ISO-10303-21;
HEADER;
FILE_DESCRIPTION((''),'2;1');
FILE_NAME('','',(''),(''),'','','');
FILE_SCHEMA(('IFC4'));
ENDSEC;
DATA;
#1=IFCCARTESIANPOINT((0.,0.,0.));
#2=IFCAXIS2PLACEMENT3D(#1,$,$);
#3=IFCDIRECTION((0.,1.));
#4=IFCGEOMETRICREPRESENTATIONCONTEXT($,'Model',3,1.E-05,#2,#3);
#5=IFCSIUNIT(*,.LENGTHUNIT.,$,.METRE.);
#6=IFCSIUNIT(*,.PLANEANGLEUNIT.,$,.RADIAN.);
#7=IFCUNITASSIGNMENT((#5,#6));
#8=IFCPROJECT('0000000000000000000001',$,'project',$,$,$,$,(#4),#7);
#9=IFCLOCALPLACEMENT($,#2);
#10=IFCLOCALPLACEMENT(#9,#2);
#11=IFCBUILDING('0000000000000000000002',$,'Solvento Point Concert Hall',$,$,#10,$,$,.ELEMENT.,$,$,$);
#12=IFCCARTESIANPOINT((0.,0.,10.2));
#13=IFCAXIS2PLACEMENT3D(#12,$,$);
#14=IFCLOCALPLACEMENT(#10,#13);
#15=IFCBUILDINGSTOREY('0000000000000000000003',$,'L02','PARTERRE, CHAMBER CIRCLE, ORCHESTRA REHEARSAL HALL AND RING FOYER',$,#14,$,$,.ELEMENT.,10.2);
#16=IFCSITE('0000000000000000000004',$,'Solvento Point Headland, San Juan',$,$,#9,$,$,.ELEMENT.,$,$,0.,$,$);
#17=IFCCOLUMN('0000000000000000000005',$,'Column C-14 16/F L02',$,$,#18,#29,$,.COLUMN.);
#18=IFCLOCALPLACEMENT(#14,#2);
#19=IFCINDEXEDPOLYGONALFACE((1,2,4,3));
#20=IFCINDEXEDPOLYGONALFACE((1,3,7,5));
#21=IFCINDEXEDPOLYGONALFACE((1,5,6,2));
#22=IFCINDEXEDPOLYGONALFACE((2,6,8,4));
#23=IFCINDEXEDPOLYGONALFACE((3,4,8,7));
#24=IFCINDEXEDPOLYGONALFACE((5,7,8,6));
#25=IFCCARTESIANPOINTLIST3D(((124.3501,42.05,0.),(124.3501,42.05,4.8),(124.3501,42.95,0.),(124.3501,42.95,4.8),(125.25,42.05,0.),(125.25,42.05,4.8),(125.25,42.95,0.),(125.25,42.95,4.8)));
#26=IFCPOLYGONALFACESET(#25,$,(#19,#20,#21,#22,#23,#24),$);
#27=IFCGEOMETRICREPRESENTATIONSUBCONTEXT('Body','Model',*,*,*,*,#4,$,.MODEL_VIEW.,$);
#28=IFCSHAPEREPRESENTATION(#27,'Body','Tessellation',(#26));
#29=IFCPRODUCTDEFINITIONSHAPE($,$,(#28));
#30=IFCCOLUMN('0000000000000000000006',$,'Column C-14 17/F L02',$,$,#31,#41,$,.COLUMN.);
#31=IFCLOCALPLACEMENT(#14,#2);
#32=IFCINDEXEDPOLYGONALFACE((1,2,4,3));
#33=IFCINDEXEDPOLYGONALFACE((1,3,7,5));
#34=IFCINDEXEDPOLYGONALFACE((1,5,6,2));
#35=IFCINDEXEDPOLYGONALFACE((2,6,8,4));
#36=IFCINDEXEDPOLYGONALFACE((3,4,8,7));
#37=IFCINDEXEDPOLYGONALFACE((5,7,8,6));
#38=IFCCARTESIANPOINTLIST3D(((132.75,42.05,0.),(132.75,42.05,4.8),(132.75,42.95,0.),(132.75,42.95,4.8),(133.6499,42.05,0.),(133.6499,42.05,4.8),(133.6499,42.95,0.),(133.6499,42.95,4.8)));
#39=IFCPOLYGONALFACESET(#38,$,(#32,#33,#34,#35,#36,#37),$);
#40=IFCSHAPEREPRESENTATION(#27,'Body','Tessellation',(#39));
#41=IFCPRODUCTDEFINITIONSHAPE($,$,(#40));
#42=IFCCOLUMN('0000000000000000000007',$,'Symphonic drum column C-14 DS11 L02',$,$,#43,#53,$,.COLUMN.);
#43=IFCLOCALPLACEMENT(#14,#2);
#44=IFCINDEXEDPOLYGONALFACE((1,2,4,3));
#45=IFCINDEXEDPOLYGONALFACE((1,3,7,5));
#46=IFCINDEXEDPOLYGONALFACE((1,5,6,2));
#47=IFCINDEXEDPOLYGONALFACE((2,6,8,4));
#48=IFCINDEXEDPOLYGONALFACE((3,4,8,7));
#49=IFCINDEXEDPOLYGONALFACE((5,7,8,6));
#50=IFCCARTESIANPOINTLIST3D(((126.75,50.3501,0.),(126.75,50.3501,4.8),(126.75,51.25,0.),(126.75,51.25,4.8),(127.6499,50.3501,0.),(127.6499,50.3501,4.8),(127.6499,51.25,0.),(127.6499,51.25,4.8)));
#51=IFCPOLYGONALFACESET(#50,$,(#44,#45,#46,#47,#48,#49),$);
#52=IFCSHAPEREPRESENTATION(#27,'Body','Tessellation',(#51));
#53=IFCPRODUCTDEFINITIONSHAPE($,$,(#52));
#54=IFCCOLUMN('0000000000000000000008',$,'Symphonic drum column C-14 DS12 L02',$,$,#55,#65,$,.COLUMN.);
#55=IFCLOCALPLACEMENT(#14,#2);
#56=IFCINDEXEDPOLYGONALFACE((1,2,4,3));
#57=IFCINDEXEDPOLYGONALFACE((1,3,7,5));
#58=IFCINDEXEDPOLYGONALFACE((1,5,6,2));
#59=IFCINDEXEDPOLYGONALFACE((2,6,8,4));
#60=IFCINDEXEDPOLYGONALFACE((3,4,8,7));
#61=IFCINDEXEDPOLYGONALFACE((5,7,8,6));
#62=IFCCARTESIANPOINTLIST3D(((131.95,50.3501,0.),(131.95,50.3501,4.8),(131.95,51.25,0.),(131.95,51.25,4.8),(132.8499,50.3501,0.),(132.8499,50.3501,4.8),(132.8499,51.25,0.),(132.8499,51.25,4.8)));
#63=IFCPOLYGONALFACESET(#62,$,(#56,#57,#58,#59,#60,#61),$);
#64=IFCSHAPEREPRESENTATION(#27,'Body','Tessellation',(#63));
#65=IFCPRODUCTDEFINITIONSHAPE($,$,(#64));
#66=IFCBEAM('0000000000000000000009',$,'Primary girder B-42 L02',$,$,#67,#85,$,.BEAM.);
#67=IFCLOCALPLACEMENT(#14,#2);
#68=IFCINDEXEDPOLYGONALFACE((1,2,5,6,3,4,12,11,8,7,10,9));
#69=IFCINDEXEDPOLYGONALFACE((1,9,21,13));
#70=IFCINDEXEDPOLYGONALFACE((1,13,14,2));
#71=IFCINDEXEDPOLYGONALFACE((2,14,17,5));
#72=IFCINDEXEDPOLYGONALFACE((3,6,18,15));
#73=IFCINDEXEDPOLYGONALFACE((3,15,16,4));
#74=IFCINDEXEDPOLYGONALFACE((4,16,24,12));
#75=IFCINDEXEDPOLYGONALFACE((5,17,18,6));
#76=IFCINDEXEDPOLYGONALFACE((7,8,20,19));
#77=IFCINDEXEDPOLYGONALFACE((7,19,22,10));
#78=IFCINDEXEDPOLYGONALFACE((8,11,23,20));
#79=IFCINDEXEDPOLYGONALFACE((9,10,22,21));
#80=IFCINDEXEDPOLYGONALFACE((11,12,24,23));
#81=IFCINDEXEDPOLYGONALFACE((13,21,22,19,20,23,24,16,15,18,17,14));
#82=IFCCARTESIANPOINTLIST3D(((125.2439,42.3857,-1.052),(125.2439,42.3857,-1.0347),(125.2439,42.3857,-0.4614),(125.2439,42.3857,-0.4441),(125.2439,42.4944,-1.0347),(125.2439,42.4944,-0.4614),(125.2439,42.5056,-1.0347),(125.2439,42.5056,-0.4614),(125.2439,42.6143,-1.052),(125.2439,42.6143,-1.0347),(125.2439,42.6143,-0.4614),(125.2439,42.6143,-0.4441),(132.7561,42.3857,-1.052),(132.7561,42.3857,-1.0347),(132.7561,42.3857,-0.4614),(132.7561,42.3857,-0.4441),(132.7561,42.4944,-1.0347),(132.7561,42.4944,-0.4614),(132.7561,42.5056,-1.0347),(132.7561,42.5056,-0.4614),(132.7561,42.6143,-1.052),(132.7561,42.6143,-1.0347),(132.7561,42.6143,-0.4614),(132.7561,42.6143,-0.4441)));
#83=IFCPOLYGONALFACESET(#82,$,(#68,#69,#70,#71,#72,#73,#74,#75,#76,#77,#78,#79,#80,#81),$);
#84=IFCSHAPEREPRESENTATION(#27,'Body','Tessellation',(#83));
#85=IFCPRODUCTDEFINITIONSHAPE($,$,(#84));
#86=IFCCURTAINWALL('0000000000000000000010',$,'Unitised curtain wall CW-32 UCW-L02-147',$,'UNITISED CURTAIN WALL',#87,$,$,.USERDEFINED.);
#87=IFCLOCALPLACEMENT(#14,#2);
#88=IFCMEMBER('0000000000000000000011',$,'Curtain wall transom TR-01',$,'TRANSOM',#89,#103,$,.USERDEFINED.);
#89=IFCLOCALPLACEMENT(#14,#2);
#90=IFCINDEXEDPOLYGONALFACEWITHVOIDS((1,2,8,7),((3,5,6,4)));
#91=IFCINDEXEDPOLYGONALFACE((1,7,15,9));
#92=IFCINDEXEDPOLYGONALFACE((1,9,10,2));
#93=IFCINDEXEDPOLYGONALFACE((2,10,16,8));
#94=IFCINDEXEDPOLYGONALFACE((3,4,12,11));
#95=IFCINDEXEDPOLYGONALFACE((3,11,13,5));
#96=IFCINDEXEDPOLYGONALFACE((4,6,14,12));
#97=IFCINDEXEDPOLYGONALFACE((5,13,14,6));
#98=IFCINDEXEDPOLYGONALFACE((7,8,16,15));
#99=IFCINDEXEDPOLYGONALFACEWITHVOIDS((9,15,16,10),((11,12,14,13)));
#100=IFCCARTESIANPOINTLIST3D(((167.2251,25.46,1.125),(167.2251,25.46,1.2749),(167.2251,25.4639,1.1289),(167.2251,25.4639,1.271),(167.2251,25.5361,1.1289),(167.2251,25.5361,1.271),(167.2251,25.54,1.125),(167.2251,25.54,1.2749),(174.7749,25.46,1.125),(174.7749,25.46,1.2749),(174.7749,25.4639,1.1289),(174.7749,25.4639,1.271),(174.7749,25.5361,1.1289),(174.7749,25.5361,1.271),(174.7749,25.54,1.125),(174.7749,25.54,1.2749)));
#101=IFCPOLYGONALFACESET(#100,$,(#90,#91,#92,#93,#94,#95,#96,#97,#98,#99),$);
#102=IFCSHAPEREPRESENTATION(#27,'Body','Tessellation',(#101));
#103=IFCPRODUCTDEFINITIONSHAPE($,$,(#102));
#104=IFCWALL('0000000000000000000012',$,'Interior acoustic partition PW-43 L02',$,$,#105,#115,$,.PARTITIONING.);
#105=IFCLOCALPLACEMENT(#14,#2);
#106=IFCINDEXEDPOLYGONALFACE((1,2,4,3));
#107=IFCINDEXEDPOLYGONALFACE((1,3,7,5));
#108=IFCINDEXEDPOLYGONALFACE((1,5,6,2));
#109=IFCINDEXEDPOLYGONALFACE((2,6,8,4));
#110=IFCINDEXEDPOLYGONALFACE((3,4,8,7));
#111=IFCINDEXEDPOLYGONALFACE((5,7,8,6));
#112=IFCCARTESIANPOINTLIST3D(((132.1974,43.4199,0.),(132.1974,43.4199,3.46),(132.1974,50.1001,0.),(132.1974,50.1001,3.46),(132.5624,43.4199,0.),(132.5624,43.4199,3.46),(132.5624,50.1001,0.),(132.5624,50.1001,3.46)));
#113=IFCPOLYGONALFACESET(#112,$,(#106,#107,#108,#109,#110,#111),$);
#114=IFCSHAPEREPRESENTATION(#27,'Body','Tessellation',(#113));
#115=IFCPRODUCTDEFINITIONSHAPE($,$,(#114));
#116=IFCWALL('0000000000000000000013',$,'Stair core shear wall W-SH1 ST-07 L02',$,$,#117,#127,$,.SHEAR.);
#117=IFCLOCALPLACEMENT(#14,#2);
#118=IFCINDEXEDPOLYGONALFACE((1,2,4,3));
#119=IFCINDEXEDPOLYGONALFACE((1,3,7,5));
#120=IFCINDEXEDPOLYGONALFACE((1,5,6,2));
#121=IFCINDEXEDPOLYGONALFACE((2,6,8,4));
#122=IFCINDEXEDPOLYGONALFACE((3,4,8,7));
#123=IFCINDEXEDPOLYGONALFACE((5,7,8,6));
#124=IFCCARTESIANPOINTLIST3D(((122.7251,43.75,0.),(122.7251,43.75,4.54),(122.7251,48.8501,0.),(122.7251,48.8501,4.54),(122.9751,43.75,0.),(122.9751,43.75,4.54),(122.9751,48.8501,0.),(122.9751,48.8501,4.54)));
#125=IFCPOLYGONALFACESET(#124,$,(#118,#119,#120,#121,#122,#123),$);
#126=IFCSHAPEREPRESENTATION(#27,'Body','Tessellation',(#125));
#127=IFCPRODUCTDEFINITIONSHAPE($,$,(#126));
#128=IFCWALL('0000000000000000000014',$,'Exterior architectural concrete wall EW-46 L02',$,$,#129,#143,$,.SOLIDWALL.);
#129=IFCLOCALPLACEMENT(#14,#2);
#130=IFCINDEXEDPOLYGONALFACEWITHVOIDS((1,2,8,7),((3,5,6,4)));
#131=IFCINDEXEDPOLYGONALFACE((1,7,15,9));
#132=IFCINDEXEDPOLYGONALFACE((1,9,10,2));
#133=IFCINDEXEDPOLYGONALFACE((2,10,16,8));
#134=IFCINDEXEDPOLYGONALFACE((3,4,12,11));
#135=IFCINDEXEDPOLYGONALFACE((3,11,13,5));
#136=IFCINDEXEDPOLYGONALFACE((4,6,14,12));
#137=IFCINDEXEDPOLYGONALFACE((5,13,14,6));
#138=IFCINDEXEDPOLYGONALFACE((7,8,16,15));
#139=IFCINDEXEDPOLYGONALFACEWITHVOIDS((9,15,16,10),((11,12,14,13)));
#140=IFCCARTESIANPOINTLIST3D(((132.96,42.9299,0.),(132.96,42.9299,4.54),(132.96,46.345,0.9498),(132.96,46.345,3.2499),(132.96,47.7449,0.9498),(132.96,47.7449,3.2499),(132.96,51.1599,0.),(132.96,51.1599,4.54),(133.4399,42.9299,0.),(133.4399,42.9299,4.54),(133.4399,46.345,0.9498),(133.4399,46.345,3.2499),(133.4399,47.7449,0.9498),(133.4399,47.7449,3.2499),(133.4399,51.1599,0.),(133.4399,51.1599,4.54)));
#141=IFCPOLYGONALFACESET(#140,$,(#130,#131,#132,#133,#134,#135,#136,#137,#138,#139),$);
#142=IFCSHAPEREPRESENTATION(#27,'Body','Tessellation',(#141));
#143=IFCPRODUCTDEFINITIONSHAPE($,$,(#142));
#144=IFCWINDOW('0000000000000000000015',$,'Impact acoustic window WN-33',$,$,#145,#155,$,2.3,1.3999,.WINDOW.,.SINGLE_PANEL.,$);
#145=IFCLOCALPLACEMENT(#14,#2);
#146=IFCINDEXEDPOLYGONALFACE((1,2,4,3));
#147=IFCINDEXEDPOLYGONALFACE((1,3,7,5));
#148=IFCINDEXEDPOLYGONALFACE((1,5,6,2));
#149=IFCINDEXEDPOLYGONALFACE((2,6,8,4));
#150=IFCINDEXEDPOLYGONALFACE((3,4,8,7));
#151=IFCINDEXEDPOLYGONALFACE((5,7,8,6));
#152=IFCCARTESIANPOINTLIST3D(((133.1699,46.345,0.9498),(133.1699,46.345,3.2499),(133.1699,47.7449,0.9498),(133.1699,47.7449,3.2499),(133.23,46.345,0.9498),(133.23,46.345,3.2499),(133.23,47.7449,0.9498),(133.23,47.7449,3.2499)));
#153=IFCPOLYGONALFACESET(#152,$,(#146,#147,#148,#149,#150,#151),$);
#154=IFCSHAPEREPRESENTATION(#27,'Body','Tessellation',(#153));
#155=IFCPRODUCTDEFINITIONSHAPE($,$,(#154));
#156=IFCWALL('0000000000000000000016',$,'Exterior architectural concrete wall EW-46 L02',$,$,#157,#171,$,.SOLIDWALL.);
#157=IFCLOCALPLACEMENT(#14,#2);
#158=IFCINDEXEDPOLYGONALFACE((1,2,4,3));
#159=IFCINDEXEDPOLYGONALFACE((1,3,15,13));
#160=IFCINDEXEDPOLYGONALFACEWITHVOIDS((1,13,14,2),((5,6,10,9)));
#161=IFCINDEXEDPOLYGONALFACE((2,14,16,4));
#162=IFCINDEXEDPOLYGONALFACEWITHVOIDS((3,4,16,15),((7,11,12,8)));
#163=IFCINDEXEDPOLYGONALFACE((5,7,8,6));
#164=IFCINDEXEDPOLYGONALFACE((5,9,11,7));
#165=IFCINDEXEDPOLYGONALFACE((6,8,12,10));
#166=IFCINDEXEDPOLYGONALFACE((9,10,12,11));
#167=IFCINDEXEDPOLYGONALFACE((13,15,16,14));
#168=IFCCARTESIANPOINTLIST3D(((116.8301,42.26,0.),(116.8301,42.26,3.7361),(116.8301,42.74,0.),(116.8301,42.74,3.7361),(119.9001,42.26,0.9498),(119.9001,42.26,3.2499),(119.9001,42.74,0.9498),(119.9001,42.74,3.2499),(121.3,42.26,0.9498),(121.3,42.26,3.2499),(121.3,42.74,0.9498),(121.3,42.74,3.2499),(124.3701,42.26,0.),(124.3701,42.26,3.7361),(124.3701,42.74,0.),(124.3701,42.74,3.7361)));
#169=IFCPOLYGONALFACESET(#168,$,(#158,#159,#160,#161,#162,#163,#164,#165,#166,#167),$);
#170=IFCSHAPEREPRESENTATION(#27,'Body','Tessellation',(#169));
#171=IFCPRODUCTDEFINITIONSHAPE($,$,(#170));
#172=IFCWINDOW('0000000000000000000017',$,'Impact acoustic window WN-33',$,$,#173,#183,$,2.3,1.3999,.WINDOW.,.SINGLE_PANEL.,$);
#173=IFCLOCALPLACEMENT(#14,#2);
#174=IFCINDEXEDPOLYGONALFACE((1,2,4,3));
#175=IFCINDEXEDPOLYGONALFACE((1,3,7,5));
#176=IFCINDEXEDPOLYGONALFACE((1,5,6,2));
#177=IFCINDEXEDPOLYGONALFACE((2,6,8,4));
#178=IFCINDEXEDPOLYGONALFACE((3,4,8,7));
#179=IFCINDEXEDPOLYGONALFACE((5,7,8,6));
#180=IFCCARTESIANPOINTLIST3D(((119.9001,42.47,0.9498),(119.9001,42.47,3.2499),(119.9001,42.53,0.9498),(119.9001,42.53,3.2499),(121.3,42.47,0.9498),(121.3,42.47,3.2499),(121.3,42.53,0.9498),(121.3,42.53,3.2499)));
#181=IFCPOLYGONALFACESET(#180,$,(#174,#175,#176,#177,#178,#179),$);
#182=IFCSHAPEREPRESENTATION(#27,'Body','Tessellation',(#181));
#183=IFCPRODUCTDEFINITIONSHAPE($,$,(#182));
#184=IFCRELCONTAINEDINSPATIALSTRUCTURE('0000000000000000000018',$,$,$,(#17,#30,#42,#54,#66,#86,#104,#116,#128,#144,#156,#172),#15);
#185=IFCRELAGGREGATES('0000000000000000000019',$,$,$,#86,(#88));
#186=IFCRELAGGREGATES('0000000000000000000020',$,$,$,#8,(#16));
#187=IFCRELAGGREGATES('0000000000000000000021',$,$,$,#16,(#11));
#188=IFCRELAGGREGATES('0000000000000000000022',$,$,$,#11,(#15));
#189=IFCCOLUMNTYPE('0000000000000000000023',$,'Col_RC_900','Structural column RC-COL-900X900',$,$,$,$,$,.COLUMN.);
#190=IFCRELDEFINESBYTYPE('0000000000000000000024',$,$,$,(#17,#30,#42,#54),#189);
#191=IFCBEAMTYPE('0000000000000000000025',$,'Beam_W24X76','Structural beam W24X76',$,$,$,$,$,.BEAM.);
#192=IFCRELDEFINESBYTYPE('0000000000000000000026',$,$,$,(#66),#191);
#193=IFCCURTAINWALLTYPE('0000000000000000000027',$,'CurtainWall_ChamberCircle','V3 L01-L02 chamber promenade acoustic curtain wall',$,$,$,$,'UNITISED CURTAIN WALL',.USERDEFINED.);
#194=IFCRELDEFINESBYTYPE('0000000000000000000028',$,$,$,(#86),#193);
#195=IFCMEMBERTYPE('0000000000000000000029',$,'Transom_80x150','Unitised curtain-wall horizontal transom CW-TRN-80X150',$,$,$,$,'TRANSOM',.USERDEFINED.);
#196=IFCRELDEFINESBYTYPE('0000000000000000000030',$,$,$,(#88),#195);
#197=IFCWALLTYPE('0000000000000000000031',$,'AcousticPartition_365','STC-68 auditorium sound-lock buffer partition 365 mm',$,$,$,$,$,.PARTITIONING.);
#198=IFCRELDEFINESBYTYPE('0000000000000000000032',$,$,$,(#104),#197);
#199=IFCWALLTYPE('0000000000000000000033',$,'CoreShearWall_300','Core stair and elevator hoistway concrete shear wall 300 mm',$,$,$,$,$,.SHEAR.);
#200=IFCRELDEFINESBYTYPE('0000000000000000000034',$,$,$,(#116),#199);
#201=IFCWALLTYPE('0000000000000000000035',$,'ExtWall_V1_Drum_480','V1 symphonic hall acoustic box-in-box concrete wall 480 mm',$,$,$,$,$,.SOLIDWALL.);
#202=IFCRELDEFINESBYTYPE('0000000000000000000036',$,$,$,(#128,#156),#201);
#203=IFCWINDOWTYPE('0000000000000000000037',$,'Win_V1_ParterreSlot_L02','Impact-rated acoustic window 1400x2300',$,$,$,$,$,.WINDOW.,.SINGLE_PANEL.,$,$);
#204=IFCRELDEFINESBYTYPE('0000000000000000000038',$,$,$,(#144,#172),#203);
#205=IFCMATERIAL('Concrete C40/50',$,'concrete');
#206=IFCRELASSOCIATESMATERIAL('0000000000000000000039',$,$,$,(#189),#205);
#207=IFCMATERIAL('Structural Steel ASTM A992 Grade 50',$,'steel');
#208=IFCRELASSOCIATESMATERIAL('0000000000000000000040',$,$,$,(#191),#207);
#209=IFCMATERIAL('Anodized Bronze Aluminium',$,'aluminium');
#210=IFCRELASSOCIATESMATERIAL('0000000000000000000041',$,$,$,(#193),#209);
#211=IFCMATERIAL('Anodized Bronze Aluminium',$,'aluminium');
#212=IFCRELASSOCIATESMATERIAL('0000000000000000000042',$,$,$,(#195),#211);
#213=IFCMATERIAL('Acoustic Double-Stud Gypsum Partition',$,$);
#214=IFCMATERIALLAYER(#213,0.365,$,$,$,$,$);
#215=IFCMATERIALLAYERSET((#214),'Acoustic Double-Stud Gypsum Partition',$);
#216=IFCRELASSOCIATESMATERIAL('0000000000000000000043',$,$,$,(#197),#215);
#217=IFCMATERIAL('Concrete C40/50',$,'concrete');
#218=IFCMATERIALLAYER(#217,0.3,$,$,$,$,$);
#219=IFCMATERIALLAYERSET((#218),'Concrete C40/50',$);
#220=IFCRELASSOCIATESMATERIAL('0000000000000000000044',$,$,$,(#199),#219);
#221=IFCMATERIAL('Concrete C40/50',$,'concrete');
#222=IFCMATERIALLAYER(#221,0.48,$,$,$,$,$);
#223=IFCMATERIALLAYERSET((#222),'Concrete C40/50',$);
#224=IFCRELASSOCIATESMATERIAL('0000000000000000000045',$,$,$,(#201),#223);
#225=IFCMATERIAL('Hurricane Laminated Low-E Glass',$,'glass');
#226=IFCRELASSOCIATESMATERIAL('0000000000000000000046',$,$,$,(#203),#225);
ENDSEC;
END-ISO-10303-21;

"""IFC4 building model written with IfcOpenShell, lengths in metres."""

from ifc_helpers import new_model, si_unit, direction, frame, frame_2d, origin, origin_2d, place, context, subcontext, project, spatial, rectangle, hollow_rectangle, i_section, extrude, material, layer, layer_set, material_profile, profile_set, type_object, element, fill, aggregate, save


model = new_model("IFC4")

# Units and contexts
model_context = context("Model", 3, precision=1e-05, world=origin(), true_north=direction((0.0, 1.0)))
body_context = subcontext(model_context, "Body", "Model", "MODEL_VIEW")
ifc_project = project(units=[si_unit("LENGTHUNIT", "METRE"), si_unit("PLANEANGLEUNIT", "RADIAN")], contexts=[model_context])

# Site, building, storey
site_placement = place(None, origin())
site = spatial("IfcSite", under=ifc_project, at=site_placement, Name="Solvento Point Headland, San Juan", CompositionType="ELEMENT", RefElevation=0.0)
building_placement = place(site_placement, origin())
building = spatial("IfcBuilding", under=site, at=building_placement, Name="Solvento Point Concert Hall", CompositionType="ELEMENT")
storey_placement = place(building_placement, frame((0.0, 0.0, 10.2)))
storey = spatial("IfcBuildingStorey", under=building, at=storey_placement, Name="L02", Description="PARTERRE, CHAMBER CIRCLE, ORCHESTRA REHEARSAL HALL AND RING FOYER", CompositionType="ELEMENT", Elevation=10.2)

# Columns
ifc_material_1 = material(Name="Concrete C40/50", Category="concrete")
ifc_material_profile_1 = material_profile(ifc_material_1, rectangle(XDim=0.8999, YDim=0.8999, at=origin_2d()), Name="RC-COL-900X900")
ifc_profile_set_1 = profile_set([ifc_material_profile_1], Name="Concrete C40/50")
column_type = type_object("IfcColumnType", Name="Col_RC_900", Description="Structural column RC-COL-900X900", PredefinedType="COLUMN", material=ifc_profile_set_1)
for number, where, z_axis, x_axis, name in (
    (1, (124.8, 42.5, 0.0), (0.0, 0.0, 1.0), (1.0, 0.0, 0.0), "Column C-14 16/F L02"),
    (2, (133.2, 42.5, 0.0), (0.0, 0.0, 1.0), (1.0, 0.0, 0.0), "Column C-14 17/F L02"),
    (3, (127.2, 50.8, 0.0), (0.0, 0.0, 1.0), (1.0, 0.0, 0.0), "Symphonic drum column C-14 DS11 L02"),
    (4, (132.3999, 50.8, 0.0), (0.0, 0.0, 1.0), (1.0, 0.0, 0.0), "Symphonic drum column C-14 DS12 L02"),
):
    element("IfcColumn", number, at=place(storey_placement, frame(where, z_axis=z_axis, x_axis=x_axis)), inside=storey, type_object=column_type, Name=name, PredefinedType="COLUMN", context=body_context, shape_type="SweptSolid", body=[
        extrude(rectangle(XDim=0.8999, YDim=0.8999, at=origin_2d()), origin(), (0.0, 0.0, 1.0), 4.8),
    ])

# Beam
ifc_material_2 = material(Name="Structural Steel ASTM A992 Grade 50", Category="steel")
ifc_material_profile_2 = material_profile(ifc_material_2, i_section(OverallWidth=0.2285, OverallDepth=0.6079, WebThickness=0.0112, FlangeThickness=0.0173, at=origin_2d()), Name="W24X76")
ifc_profile_set_2 = profile_set([ifc_material_profile_2], Name="Structural Steel ASTM A992 Grade 50")
beam_type = type_object("IfcBeamType", Name="Beam_W24X76", Description="Structural beam W24X76", PredefinedType="BEAM", material=ifc_profile_set_2)
beam_placement = place(storey_placement, frame((125.2439, 42.5, -0.748), z_axis=(1.0, 0.0, 0.0), x_axis=(0.0, 1.0, 0.0)))
element("IfcBeam", 5, at=beam_placement, inside=storey, type_object=beam_type, Name="Primary girder B-42 L02", PredefinedType="BEAM", context=body_context, shape_type="SweptSolid", body=[
    extrude(i_section(OverallWidth=0.2285, OverallDepth=0.6079, WebThickness=0.0112, FlangeThickness=0.0173, at=origin_2d()), origin(), (0.0, 0.0, 1.0), 7.5122),
])

# Curtain wall, member
ifc_material_3 = material(Name="Anodized Bronze Aluminium", Category="aluminium")
curtain_wall_type = type_object("IfcCurtainWallType", Name="CurtainWall_ChamberCircle", Description="V3 L01-L02 chamber promenade acoustic curtain wall", ElementType="UNITISED CURTAIN WALL", PredefinedType="USERDEFINED", material=ifc_material_3)
curtain_wall_placement = place(storey_placement, origin())
curtain_wall = element("IfcCurtainWall", 6, at=curtain_wall_placement, inside=storey, type_object=curtain_wall_type, Name="Unitised curtain wall CW-32 UCW-L02-147", ObjectType="UNITISED CURTAIN WALL", PredefinedType="USERDEFINED")
ifc_material_4 = material(Name="Anodized Bronze Aluminium", Category="aluminium")
ifc_material_profile_3 = material_profile(ifc_material_4, hollow_rectangle(XDim=0.0801, YDim=0.1499, WallThickness=0.0039, at=origin_2d()), Name="CW-TRN-80X150")
ifc_profile_set_3 = profile_set([ifc_material_profile_3], Name="Anodized Bronze Aluminium")
member_type = type_object("IfcMemberType", Name="Transom_80x150", Description="Unitised curtain-wall horizontal transom CW-TRN-80X150", ElementType="TRANSOM", PredefinedType="USERDEFINED", material=ifc_profile_set_3)
member_placement = place(storey_placement, frame((167.2251, 25.5, 1.2), z_axis=(1.0, 0.0, 0.0), x_axis=(0.0, 1.0, 0.0)))
member = element("IfcMember", 7, at=member_placement, type_object=member_type, Name="Curtain wall transom TR-01", ObjectType="TRANSOM", PredefinedType="USERDEFINED", context=body_context, shape_type="SweptSolid", body=[
    extrude(hollow_rectangle(XDim=0.0801, YDim=0.1499, WallThickness=0.0039, at=origin_2d()), origin(), (0.0, 0.0, 1.0), 7.5498),
])
aggregate(curtain_wall, [member])

# Walls
ifc_material_5 = material(Name="Acoustic Double-Stud Gypsum Partition")
ifc_layer_1 = layer(ifc_material_5, 0.365)
ifc_layer_set_1 = layer_set([ifc_layer_1], Name="Acoustic Double-Stud Gypsum Partition")
wall_type_1 = type_object("IfcWallType", Name="AcousticPartition_365", Description="STC-68 auditorium sound-lock buffer partition 365 mm", PredefinedType="PARTITIONING", material=ifc_layer_set_1)
wall_1_placement = place(storey_placement, frame((132.3799, 50.1001, 0.0), z_axis=(0.0, 0.0, 1.0), x_axis=(0.0, -1.0, 0.0)))
element("IfcWall", 8, at=wall_1_placement, inside=storey, type_object=wall_type_1, Name="Interior acoustic partition PW-43 L02", PredefinedType="PARTITIONING", context=body_context, shape_type="SweptSolid", body=[
    extrude(rectangle(XDim=6.6802, YDim=0.365, at=frame_2d((3.3401, 0.0))), origin(), (0.0, 0.0, 1.0), 3.46),
])
ifc_material_6 = material(Name="Concrete C40/50", Category="concrete")
ifc_layer_2 = layer(ifc_material_6, 0.3)
ifc_layer_set_2 = layer_set([ifc_layer_2], Name="Concrete C40/50")
wall_type_2 = type_object("IfcWallType", Name="CoreShearWall_300", Description="Core stair and elevator hoistway concrete shear wall 300 mm", PredefinedType="SHEAR", material=ifc_layer_set_2)
wall_2_placement = place(storey_placement, frame((122.8501, 48.8501, 0.0), z_axis=(0.0, 0.0, 1.0), x_axis=(0.0, -1.0, 0.0)))
element("IfcWall", 9, at=wall_2_placement, inside=storey, type_object=wall_type_2, Name="Stair core shear wall W-SH1 ST-07 L02", PredefinedType="SHEAR", context=body_context, shape_type="SweptSolid", body=[
    extrude(rectangle(XDim=5.1001, YDim=0.25, at=frame_2d((2.55, 0.0))), origin(), (0.0, 0.0, 1.0), 4.54),
])

# Walls, openings, windows
ifc_material_7 = material(Name="Concrete C40/50", Category="concrete")
ifc_layer_3 = layer(ifc_material_7, 0.48)
ifc_layer_set_3 = layer_set([ifc_layer_3], Name="Concrete C40/50")
wall_type_3 = type_object("IfcWallType", Name="ExtWall_V1_Drum_480", Description="V1 symphonic hall acoustic box-in-box concrete wall 480 mm", PredefinedType="SOLIDWALL", material=ifc_layer_set_3)
wall_3_placement = place(storey_placement, frame((133.2, 51.1599, 0.0), z_axis=(0.0, 0.0, 1.0), x_axis=(0.0, -1.0, 0.0)))
wall_3 = element("IfcWall", 10, at=wall_3_placement, inside=storey, type_object=wall_type_3, Name="Exterior architectural concrete wall EW-46 L02", PredefinedType="SOLIDWALL", context=body_context, shape_type="SweptSolid", body=[
    extrude(rectangle(XDim=8.23, YDim=0.48, at=frame_2d((4.115, 0.0))), origin(), (0.0, 0.0, 1.0), 4.54),
])
opening_1_placement = place(wall_3_placement, frame((3.415, 0.0, 0.95)))
opening_1 = element("IfcOpeningElement", 11, at=opening_1_placement, cuts=wall_3, PredefinedType="OPENING", context=body_context, shape_type="SweptSolid", body=[
    extrude(rectangle(XDim=1.3999, YDim=2.3, at=frame_2d((0.7, 1.1499))), frame((0.0, 0.25, 0.0), z_axis=(0.0, -1.0, 0.0), x_axis=(1.0, 0.0, 0.0)), (0.0, 0.0, 1.0), 0.5),
])
ifc_material_8 = material(Name="Hurricane Laminated Low-E Glass", Category="glass")
window_type = type_object("IfcWindowType", Name="Win_V1_ParterreSlot_L02", Description="Impact-rated acoustic window 1400x2300", PartitioningType="SINGLE_PANEL", PredefinedType="WINDOW", material=ifc_material_8)
window_1_placement = place(opening_1_placement, origin())
window_1 = element("IfcWindow", 12, at=window_1_placement, inside=storey, type_object=window_type, Name="Impact acoustic window WN-33", OverallHeight=2.3, OverallWidth=1.3999, PartitioningType="SINGLE_PANEL", PredefinedType="WINDOW", context=body_context, shape_type="SweptSolid", body=[
    extrude(rectangle(XDim=1.3999, YDim=2.3, at=frame_2d((0.7, 1.1499))), frame((0.0, 0.03, 0.0), z_axis=(0.0, -1.0, 0.0), x_axis=(1.0, 0.0, 0.0)), (0.0, 0.0, 1.0), 0.0601),
])
fill(opening_1, window_1)
wall_4_placement = place(storey_placement, frame((124.3701, 42.5, 0.0), z_axis=(0.0, 0.0, 1.0), x_axis=(-1.0, 0.0, 0.0)))
wall_4 = element("IfcWall", 13, at=wall_4_placement, inside=storey, type_object=wall_type_3, Name="Exterior architectural concrete wall EW-46 L02", PredefinedType="SOLIDWALL", context=body_context, shape_type="SweptSolid", body=[
    extrude(rectangle(XDim=7.54, YDim=0.48, at=frame_2d((3.77, 0.0))), origin(), (0.0, 0.0, 1.0), 3.7361),
])
opening_2_placement = place(wall_4_placement, frame((3.0701, 0.0, 0.95)))
opening_2 = element("IfcOpeningElement", 14, at=opening_2_placement, cuts=wall_4, PredefinedType="OPENING", context=body_context, shape_type="SweptSolid", body=[
    extrude(rectangle(XDim=1.3999, YDim=2.3, at=frame_2d((0.7, 1.1499))), frame((0.0, 0.25, 0.0), z_axis=(0.0, -1.0, 0.0), x_axis=(1.0, 0.0, 0.0)), (0.0, 0.0, 1.0), 0.5),
])
window_2_placement = place(opening_2_placement, origin())
window_2 = element("IfcWindow", 15, at=window_2_placement, inside=storey, type_object=window_type, Name="Impact acoustic window WN-33", OverallHeight=2.3, OverallWidth=1.3999, PartitioningType="SINGLE_PANEL", PredefinedType="WINDOW", context=body_context, shape_type="SweptSolid", body=[
    extrude(rectangle(XDim=1.3999, YDim=2.3, at=frame_2d((0.7, 1.1499))), frame((0.0, 0.03, 0.0), z_axis=(0.0, -1.0, 0.0), x_axis=(1.0, 0.0, 0.0)), (0.0, 0.0, 1.0), 0.0601),
])
fill(opening_2, window_2)

save(model, "model.ifc")
